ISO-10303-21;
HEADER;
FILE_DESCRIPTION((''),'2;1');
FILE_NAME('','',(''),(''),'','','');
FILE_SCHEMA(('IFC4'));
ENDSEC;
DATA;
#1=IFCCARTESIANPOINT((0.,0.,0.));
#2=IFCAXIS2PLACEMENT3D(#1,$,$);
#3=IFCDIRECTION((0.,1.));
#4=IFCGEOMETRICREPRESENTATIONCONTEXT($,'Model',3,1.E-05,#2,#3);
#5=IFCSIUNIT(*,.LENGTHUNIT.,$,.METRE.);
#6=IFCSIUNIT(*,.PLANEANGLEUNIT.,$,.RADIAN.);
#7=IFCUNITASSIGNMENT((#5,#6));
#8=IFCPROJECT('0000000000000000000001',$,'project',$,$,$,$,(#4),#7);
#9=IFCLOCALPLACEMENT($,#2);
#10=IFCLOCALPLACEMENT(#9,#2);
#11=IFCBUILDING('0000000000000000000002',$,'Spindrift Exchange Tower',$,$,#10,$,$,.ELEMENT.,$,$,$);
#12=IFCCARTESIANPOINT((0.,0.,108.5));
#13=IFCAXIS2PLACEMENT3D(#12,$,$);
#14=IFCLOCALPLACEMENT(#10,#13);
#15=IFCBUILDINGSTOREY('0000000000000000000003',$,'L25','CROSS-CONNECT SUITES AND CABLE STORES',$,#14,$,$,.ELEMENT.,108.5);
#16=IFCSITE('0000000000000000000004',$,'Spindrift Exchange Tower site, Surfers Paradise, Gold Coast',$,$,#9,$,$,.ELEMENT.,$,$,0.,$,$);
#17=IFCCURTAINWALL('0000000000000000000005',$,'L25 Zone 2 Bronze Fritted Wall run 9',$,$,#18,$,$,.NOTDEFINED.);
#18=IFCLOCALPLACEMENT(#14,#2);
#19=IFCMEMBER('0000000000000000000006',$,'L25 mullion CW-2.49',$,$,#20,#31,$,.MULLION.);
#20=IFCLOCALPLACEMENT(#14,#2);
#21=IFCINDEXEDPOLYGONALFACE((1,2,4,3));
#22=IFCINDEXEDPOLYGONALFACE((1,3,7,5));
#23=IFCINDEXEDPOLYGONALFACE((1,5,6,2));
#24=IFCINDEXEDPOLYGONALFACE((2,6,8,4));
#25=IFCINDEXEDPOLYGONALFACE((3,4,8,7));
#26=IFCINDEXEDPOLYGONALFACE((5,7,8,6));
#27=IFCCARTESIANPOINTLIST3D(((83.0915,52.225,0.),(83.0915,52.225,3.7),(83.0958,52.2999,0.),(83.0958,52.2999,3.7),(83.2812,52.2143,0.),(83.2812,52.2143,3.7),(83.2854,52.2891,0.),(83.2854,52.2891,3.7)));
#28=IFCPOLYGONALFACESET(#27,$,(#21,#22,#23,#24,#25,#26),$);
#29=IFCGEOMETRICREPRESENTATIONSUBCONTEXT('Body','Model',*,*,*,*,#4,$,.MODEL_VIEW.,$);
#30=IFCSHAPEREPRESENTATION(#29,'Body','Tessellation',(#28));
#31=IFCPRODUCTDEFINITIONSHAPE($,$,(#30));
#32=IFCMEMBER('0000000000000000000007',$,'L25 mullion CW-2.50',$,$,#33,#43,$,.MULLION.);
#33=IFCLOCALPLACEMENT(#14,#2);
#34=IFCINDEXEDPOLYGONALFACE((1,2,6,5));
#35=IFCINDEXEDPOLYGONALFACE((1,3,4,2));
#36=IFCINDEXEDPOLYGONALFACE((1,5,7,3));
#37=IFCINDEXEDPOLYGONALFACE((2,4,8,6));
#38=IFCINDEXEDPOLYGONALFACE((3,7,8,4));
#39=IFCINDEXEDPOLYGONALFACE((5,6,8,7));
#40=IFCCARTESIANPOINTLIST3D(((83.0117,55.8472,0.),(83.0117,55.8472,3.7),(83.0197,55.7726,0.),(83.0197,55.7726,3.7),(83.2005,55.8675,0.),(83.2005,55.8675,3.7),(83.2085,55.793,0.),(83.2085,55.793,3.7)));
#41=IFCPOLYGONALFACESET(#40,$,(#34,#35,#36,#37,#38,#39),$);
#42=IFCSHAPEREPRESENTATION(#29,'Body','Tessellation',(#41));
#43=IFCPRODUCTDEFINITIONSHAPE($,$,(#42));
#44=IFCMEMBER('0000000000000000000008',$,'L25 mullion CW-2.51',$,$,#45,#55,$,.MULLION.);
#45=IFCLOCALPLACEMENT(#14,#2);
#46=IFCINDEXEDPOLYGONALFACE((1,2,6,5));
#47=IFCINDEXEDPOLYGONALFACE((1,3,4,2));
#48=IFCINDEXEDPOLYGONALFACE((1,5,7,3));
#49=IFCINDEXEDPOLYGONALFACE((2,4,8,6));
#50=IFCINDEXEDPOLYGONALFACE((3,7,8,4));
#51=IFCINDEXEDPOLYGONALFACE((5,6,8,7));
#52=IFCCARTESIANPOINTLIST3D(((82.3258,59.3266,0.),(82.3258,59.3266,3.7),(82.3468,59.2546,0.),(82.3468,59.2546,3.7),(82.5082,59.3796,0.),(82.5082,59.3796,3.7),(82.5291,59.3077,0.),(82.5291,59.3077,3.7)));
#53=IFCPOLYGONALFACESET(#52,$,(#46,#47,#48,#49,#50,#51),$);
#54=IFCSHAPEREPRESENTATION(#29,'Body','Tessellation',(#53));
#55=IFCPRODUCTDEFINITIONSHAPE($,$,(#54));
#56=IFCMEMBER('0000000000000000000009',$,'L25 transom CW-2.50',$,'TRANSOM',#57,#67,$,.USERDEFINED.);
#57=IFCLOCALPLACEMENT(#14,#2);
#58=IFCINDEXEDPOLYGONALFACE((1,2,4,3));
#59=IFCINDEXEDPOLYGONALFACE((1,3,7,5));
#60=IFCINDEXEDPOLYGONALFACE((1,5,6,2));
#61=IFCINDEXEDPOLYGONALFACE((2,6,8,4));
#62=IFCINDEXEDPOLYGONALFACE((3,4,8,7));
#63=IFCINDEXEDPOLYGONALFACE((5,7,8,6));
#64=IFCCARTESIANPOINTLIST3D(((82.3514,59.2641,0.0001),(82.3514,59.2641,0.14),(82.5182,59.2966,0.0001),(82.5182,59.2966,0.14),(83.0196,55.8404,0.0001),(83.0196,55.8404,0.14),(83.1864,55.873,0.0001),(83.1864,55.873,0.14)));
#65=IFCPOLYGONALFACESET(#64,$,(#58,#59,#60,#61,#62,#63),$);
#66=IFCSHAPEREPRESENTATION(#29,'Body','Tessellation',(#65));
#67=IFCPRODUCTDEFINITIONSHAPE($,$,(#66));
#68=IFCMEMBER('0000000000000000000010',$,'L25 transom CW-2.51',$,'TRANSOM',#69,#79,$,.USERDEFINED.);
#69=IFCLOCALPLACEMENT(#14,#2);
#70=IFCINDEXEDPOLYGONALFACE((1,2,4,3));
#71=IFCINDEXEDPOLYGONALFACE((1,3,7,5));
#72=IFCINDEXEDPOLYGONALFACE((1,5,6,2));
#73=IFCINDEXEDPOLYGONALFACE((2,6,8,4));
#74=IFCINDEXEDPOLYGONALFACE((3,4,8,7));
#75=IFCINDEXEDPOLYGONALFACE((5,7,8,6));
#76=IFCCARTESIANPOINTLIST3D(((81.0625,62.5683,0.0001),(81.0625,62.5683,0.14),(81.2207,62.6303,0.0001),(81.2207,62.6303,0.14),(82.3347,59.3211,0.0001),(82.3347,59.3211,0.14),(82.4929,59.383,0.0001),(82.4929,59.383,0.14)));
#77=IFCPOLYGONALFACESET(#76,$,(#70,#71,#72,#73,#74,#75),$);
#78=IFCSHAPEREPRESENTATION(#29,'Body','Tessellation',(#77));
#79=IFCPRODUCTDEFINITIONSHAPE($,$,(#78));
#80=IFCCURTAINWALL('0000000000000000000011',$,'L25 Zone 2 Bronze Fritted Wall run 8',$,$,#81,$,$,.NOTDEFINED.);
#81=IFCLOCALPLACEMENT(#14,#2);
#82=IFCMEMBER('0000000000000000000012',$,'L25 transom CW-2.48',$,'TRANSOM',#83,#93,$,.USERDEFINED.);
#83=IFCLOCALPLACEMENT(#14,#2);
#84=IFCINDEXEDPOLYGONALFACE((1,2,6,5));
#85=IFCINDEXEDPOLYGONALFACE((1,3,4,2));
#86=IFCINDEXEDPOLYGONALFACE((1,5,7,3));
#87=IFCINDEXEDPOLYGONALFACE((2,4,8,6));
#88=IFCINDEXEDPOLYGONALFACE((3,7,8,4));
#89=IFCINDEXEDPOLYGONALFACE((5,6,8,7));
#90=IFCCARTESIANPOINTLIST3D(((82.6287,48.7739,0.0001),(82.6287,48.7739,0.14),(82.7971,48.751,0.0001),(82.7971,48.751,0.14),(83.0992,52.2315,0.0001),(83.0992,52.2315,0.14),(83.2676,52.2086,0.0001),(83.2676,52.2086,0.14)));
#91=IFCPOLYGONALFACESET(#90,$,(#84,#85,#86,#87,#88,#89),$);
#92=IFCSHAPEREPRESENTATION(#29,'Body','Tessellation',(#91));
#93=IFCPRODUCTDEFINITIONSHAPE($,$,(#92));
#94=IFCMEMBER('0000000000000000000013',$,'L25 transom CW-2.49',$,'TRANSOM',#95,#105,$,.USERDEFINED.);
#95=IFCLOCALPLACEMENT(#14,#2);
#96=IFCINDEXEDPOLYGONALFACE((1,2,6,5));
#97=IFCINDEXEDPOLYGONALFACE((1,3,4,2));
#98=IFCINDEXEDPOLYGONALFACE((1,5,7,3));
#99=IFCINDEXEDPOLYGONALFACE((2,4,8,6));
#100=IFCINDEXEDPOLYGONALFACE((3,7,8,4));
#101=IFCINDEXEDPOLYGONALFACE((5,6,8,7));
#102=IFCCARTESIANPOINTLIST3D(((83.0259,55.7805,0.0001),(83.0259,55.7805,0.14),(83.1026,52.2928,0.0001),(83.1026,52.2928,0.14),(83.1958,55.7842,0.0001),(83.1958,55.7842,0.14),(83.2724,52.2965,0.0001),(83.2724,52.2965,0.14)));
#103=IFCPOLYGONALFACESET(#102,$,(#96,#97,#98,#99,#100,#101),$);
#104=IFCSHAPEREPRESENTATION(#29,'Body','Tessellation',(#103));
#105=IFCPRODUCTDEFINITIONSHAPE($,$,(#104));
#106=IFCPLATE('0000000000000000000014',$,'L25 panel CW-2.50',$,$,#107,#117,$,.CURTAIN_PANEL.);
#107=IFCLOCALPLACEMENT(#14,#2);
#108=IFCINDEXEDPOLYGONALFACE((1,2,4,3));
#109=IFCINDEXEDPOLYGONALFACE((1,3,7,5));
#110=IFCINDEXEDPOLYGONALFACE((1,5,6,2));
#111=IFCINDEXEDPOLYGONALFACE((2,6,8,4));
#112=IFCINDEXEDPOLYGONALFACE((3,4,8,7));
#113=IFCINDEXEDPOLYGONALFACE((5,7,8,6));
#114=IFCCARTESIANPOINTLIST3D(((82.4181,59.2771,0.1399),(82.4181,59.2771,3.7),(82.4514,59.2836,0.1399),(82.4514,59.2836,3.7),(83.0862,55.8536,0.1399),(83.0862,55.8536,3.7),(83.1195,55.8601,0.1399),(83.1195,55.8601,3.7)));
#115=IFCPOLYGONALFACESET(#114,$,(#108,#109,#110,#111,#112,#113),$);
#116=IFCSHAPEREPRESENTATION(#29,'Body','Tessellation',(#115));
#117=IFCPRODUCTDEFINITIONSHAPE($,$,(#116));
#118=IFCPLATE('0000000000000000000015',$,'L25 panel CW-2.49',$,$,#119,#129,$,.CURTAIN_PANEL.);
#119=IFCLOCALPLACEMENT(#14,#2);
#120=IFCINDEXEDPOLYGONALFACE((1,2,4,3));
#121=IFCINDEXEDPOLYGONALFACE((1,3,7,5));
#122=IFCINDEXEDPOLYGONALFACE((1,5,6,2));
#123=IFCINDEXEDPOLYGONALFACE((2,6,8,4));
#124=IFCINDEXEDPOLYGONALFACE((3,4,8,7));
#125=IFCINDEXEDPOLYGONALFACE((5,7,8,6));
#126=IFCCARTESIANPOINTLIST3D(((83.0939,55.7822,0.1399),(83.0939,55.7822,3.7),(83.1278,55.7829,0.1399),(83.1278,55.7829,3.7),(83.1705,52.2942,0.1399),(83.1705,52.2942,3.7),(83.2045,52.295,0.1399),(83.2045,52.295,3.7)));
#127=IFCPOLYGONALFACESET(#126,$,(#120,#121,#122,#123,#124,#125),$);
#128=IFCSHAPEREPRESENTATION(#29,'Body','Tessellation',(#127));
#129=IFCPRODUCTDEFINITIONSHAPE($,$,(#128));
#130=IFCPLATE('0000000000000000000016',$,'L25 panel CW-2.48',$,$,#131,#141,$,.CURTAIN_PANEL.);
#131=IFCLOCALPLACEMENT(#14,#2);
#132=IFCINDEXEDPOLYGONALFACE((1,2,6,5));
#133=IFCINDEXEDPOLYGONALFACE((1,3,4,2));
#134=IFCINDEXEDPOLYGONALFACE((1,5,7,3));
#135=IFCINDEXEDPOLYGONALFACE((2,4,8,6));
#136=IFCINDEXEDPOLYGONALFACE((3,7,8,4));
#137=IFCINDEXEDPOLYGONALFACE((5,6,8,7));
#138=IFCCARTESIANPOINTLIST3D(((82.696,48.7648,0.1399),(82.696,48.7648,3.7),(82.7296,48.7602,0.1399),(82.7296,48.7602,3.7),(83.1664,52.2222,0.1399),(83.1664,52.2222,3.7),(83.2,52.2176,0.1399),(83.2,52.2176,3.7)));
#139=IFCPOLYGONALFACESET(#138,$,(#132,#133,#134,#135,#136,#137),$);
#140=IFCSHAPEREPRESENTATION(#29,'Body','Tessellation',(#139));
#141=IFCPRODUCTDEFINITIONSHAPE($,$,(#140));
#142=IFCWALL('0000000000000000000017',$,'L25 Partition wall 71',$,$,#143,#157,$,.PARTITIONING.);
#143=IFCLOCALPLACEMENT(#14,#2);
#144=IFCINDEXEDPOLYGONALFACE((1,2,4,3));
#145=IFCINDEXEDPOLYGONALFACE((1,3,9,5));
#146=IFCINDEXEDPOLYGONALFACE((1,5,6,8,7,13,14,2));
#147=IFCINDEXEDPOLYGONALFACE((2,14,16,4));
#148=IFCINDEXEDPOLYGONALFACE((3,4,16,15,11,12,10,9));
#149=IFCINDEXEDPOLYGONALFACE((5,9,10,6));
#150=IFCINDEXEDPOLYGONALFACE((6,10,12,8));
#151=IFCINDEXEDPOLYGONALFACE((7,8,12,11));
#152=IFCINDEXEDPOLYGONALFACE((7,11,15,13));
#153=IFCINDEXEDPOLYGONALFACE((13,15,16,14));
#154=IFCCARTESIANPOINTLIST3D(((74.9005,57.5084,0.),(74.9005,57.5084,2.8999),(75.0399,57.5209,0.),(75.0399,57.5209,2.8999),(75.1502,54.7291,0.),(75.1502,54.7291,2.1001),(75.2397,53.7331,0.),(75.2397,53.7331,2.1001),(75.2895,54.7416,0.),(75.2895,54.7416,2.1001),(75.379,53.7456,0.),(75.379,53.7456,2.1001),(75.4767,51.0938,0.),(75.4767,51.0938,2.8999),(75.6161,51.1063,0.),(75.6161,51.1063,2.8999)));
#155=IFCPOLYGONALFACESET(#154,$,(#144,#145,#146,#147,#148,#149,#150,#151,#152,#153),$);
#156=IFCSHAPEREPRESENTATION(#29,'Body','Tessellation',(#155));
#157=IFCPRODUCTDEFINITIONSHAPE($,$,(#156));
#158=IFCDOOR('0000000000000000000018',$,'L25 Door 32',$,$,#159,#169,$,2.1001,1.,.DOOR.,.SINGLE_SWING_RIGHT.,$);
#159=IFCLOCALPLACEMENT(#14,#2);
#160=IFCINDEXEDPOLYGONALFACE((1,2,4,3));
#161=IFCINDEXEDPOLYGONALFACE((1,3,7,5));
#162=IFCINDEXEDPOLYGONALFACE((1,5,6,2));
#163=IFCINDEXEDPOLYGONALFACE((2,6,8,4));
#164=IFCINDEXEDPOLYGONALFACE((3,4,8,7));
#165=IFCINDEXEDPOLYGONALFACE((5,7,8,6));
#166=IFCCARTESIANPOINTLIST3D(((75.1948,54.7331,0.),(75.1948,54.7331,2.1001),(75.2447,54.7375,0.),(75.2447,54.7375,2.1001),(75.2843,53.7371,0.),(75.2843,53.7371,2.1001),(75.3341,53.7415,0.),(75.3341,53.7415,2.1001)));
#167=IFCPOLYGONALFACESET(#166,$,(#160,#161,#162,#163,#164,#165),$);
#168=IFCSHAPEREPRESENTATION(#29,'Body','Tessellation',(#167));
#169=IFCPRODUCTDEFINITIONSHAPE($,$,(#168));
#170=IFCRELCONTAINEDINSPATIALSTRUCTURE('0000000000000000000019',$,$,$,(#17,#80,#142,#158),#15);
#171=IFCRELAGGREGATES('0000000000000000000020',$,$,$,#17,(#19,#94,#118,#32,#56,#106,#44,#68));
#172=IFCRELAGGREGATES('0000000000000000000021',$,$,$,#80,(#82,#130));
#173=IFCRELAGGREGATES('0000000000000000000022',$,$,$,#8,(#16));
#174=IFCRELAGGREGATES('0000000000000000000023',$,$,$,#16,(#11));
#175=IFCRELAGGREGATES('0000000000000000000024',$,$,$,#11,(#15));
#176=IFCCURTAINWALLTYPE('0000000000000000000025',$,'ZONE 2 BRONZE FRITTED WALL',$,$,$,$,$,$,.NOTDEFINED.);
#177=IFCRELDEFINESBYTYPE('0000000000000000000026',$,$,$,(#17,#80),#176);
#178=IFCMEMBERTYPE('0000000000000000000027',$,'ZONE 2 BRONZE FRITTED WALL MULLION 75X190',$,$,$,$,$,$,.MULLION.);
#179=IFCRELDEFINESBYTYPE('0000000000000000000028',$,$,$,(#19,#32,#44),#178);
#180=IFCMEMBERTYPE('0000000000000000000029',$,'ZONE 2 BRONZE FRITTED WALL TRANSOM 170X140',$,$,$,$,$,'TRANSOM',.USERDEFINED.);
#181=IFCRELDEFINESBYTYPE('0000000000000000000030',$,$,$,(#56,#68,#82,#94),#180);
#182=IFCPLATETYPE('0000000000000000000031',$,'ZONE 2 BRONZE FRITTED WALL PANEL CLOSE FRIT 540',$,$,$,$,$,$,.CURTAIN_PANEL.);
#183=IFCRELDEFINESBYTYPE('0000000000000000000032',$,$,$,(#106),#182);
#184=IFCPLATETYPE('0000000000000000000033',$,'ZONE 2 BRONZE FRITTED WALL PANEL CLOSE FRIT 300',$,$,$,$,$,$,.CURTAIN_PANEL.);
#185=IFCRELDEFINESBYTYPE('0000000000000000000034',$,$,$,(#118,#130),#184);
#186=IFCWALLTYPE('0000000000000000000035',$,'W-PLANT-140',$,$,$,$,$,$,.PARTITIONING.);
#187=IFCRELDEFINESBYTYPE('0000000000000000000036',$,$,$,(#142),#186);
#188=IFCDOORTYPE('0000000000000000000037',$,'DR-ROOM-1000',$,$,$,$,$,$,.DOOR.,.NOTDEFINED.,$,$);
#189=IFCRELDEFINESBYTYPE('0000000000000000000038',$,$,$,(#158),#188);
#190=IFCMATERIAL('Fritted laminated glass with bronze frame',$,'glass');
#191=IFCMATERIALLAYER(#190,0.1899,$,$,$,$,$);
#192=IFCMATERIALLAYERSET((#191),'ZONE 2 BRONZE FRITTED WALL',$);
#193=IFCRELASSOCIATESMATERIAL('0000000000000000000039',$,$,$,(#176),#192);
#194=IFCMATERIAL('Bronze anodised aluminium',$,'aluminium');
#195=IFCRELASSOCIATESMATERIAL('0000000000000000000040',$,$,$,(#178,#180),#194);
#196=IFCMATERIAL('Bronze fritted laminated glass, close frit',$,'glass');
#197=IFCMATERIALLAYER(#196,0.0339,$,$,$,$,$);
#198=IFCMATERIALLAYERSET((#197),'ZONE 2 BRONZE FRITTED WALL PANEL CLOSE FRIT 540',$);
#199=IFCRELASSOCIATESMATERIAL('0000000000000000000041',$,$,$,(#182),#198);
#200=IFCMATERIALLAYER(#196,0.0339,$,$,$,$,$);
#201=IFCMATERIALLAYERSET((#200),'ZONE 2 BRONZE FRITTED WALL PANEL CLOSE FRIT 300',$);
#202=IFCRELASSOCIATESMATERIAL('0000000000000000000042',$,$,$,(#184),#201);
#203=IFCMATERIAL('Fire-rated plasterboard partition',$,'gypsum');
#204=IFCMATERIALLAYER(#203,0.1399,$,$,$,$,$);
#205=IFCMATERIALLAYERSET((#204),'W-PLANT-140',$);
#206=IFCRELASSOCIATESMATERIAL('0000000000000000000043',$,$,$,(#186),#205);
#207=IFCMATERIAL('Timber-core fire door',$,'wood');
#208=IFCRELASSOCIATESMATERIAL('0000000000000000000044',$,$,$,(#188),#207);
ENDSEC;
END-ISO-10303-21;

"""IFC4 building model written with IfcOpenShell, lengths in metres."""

from ifc_helpers import new_model, si_unit, direction, frame, frame_2d, origin, origin_2d, place, context, subcontext, project, spatial, rectangle, extrude, source, transform, mapped, material, layer, layer_set, material_profile, profile_set, type_object, element, fill, aggregate, save


model = new_model("IFC4")

# Units and contexts
model_context = context("Model", 3, precision=1e-05, world=origin(), true_north=direction((0.0, 1.0)))
body_context = subcontext(model_context, "Body", "Model", "MODEL_VIEW")
ifc_project = project(units=[si_unit("LENGTHUNIT", "METRE"), si_unit("PLANEANGLEUNIT", "RADIAN")], contexts=[model_context])

# Site, building, storey
site_placement = place(None, origin())
site = spatial("IfcSite", under=ifc_project, at=site_placement, Name="Spindrift Exchange Tower site, Surfers Paradise, Gold Coast", CompositionType="ELEMENT", RefElevation=0.0)
building_placement = place(site_placement, origin())
building = spatial("IfcBuilding", under=site, at=building_placement, Name="Spindrift Exchange Tower", CompositionType="ELEMENT")
storey_placement = place(building_placement, frame((0.0, 0.0, 108.5)))
storey = spatial("IfcBuildingStorey", under=building, at=storey_placement, Name="L25", Description="CROSS-CONNECT SUITES AND CABLE STORES", CompositionType="ELEMENT", Elevation=108.5)

# Curtain wall, members
ifc_material_1 = material(Name="Fritted laminated glass with bronze frame", Category="glass")
ifc_layer_1 = layer(ifc_material_1, 0.1899)
ifc_layer_set_1 = layer_set([ifc_layer_1], Name="ZONE 2 BRONZE FRITTED WALL")
curtain_wall_type = type_object("IfcCurtainWallType", Name="ZONE 2 BRONZE FRITTED WALL", PredefinedType="NOTDEFINED", material=ifc_layer_set_1)
curtain_wall_1_placement = place(storey_placement, origin())
curtain_wall_1 = element("IfcCurtainWall", 1, at=curtain_wall_1_placement, inside=storey, type_object=curtain_wall_type, Name="L25 Zone 2 Bronze Fritted Wall run 9", PredefinedType="NOTDEFINED")
ifc_material_2 = material(Name="Bronze anodised aluminium", Category="aluminium")
ifc_material_profile_1 = material_profile(ifc_material_2, rectangle(XDim=0.075, YDim=0.1899, at=origin_2d()), Name="ZONE 2 BRONZE FRITTED WALL MULLION 75X190")
ifc_profile_set_1 = profile_set([ifc_material_profile_1], Name="Bronze anodised aluminium")
member_type_1 = type_object("IfcMemberType", Name="ZONE 2 BRONZE FRITTED WALL MULLION 75X190", PredefinedType="MULLION", material=ifc_profile_set_1)
shared_shape_1 = source(origin(), body_context, "Body", "SweptSolid", [
    extrude(rectangle(XDim=0.075, YDim=0.1899, at=origin_2d()), origin(), (0.0, 0.0, 1.0), 3.7),
])
member_1_placement = place(storey_placement, frame((83.1885, 52.2571, 0.0), z_axis=(0.0, 0.0, 1.0), x_axis=(0.056593, 0.998397, 0.0)))
member_1 = element("IfcMember", 2, at=member_1_placement, type_object=member_type_1, Name="L25 mullion CW-2.49", PredefinedType="MULLION", context=body_context, shape_type="MappedRepresentation", body=[
    mapped(shared_shape_1, transform((0.0, 0.0, 0.0), scale=1.0)),
])
member_2_placement = place(storey_placement, frame((83.1101, 55.8201, 0.0), z_axis=(0.0, 0.0, 1.0), x_axis=(-0.10715, 0.994243, 0.0)))
member_2 = element("IfcMember", 3, at=member_2_placement, type_object=member_type_1, Name="L25 mullion CW-2.50", PredefinedType="MULLION", context=body_context, shape_type="MappedRepresentation", body=[
    mapped(shared_shape_1, transform((0.0, 0.0, 0.0), scale=1.0)),
])
member_3_placement = place(storey_placement, frame((82.4275, 59.3171, 0.0), z_axis=(0.0, 0.0, 1.0), x_axis=(-0.279315, 0.960199, 0.0)))
member_3 = element("IfcMember", 4, at=member_3_placement, type_object=member_type_1, Name="L25 mullion CW-2.51", PredefinedType="MULLION", context=body_context, shape_type="MappedRepresentation", body=[
    mapped(shared_shape_1, transform((0.0, 0.0, 0.0), scale=1.0)),
])
ifc_material_profile_2 = material_profile(ifc_material_2, rectangle(XDim=0.1699, YDim=0.1399, at=origin_2d()), Name="ZONE 2 BRONZE FRITTED WALL TRANSOM 170X140")
ifc_profile_set_2 = profile_set([ifc_material_profile_2], Name="Bronze anodised aluminium")
member_type_2 = type_object("IfcMemberType", Name="ZONE 2 BRONZE FRITTED WALL TRANSOM 170X140", ElementType="TRANSOM", PredefinedType="USERDEFINED", material=ifc_profile_set_2)
shared_shape_2 = source(origin(), body_context, "Body", "SweptSolid", [
    extrude(rectangle(XDim=0.1699, YDim=0.1399, at=origin_2d()), origin(), (0.0, 0.0, 1.0), 3.4883),
])
member_4_placement = place(storey_placement, frame((83.103, 55.8567, 0.0701), z_axis=(-0.191565, 0.98148, 0.0), x_axis=(-0.98148, -0.191565, 0.0)))
member_4 = element("IfcMember", 5, at=member_4_placement, type_object=member_type_2, Name="L25 transom CW-2.50", ObjectType="TRANSOM", PredefinedType="USERDEFINED", context=body_context, shape_type="MappedRepresentation", body=[
    mapped(shared_shape_2, transform((0.0, 0.0, 0.0), scale=1.0)),
])
shared_shape_3 = source(origin(), body_context, "Body", "SweptSolid", [
    extrude(rectangle(XDim=0.1699, YDim=0.1399, at=origin_2d()), origin(), (0.0, 0.0, 1.0), 3.4875),
])
member_5_placement = place(storey_placement, frame((82.4138, 59.3521, 0.0701), z_axis=(-0.364779, 0.931094, 0.0), x_axis=(-0.931094, -0.364779, 0.0)))
member_5 = element("IfcMember", 6, at=member_5_placement, type_object=member_type_2, Name="L25 transom CW-2.51", ObjectType="TRANSOM", PredefinedType="USERDEFINED", context=body_context, shape_type="MappedRepresentation", body=[
    mapped(shared_shape_3, transform((0.0, 0.0, 0.0), scale=1.0)),
])

# Curtain wall, member
curtain_wall_2_placement = place(storey_placement, origin())
curtain_wall_2 = element("IfcCurtainWall", 7, at=curtain_wall_2_placement, inside=storey, type_object=curtain_wall_type, Name="L25 Zone 2 Bronze Fritted Wall run 8", PredefinedType="NOTDEFINED")
shared_shape_4 = source(origin(), body_context, "Body", "SweptSolid", [
    extrude(rectangle(XDim=0.1699, YDim=0.1399, at=origin_2d()), origin(), (0.0, 0.0, 1.0), 3.4895),
])
member_6_placement = place(storey_placement, frame((82.7129, 48.7625, 0.0701), z_axis=(0.134826, 0.990869, 0.0), x_axis=(-0.990869, 0.134826, 0.0)))
member_6 = element("IfcMember", 8, at=member_6_placement, type_object=member_type_2, Name="L25 transom CW-2.48", ObjectType="TRANSOM", PredefinedType="USERDEFINED", context=body_context, shape_type="MappedRepresentation", body=[
    mapped(shared_shape_4, transform((0.0, 0.0, 0.0), scale=1.0)),
])

# Member
shared_shape_5 = source(origin(), body_context, "Body", "SweptSolid", [
    extrude(rectangle(XDim=0.1699, YDim=0.1399, at=origin_2d()), origin(), (0.0, 0.0, 1.0), 3.4885),
])
member_7_placement = place(storey_placement, frame((83.1875, 52.2947, 0.0701), z_axis=(-0.021974, 0.999759, 0.0), x_axis=(-0.999759, -0.021974, 0.0)))
member_7 = element("IfcMember", 9, at=member_7_placement, type_object=member_type_2, Name="L25 transom CW-2.49", ObjectType="TRANSOM", PredefinedType="USERDEFINED", context=body_context, shape_type="MappedRepresentation", body=[
    mapped(shared_shape_5, transform((0.0, 0.0, 0.0), scale=1.0)),
])

# Plates
ifc_material_3 = material(Name="Bronze fritted laminated glass, close frit", Category="glass")
ifc_layer_2 = layer(ifc_material_3, 0.0339)
ifc_layer_set_2 = layer_set([ifc_layer_2], Name="ZONE 2 BRONZE FRITTED WALL PANEL CLOSE FRIT 540")
plate_type_1 = type_object("IfcPlateType", Name="ZONE 2 BRONZE FRITTED WALL PANEL CLOSE FRIT 540", PredefinedType="CURTAIN_PANEL", material=ifc_layer_set_2)
shared_shape_6 = source(origin(), body_context, "Body", "SweptSolid", [
    extrude(rectangle(XDim=3.488, YDim=0.0339, at=origin_2d()), origin(), (0.0, 0.0, 1.0), 3.5601),
])
plate_1_placement = place(storey_placement, frame((82.7688, 57.5686, 0.1399), z_axis=(0.0, 0.0, 1.0), x_axis=(-0.191547, 0.981483, 0.0)))
plate_1 = element("IfcPlate", 10, at=plate_1_placement, type_object=plate_type_1, Name="L25 panel CW-2.50", PredefinedType="CURTAIN_PANEL", context=body_context, shape_type="MappedRepresentation", body=[
    mapped(shared_shape_6, transform((0.0, 0.0, 0.0), scale=1.0)),
])
ifc_layer_3 = layer(ifc_material_3, 0.0339)
ifc_layer_set_3 = layer_set([ifc_layer_3], Name="ZONE 2 BRONZE FRITTED WALL PANEL CLOSE FRIT 300")
plate_type_2 = type_object("IfcPlateType", Name="ZONE 2 BRONZE FRITTED WALL PANEL CLOSE FRIT 300", PredefinedType="CURTAIN_PANEL", material=ifc_layer_set_3)
shared_shape_7 = source(origin(), body_context, "Body", "SweptSolid", [
    extrude(rectangle(XDim=3.4888, YDim=0.0339, at=origin_2d()), origin(), (0.0, 0.0, 1.0), 3.5601),
])
plate_2_placement = place(storey_placement, frame((83.1492, 54.0386, 0.1399), z_axis=(0.0, 0.0, 1.0), x_axis=(-0.021972, 0.999759, 0.0)))
plate_2 = element("IfcPlate", 11, at=plate_2_placement, type_object=plate_type_2, Name="L25 panel CW-2.49", PredefinedType="CURTAIN_PANEL", context=body_context, shape_type="MappedRepresentation", body=[
    mapped(shared_shape_7, transform((0.0, 0.0, 0.0), scale=1.0)),
])
aggregate(curtain_wall_1, [member_1, member_7, plate_2, member_2, member_4, plate_1, member_3, member_5])
shared_shape_8 = source(origin(), body_context, "Body", "SweptSolid", [
    extrude(rectangle(XDim=3.4893, YDim=0.0339, at=origin_2d()), origin(), (0.0, 0.0, 1.0), 3.5601),
])
plate_3_placement = place(storey_placement, frame((82.948, 50.4912, 0.1399), z_axis=(0.0, 0.0, 1.0), x_axis=(0.134808, 0.990872, 0.0)))
plate_3 = element("IfcPlate", 12, at=plate_3_placement, type_object=plate_type_2, Name="L25 panel CW-2.48", PredefinedType="CURTAIN_PANEL", context=body_context, shape_type="MappedRepresentation", body=[
    mapped(shared_shape_8, transform((0.0, 0.0, 0.0), scale=1.0)),
])
aggregate(curtain_wall_2, [member_6, plate_3])

# Wall, opening, door
ifc_material_4 = material(Name="Fire-rated plasterboard partition", Category="gypsum")
ifc_layer_4 = layer(ifc_material_4, 0.1399)
ifc_layer_set_4 = layer_set([ifc_layer_4], Name="W-PLANT-140")
wall_type = type_object("IfcWallType", Name="W-PLANT-140", PredefinedType="PARTITIONING", material=ifc_layer_set_4)
wall_1_placement = place(storey_placement, frame((74.9702, 57.5146, 0.0), z_axis=(0.0, 0.0, 1.0), x_axis=(0.089462, -0.99599, 0.0)))
wall_1 = element("IfcWall", 13, at=wall_1_placement, inside=storey, type_object=wall_type, Name="L25 Partition wall 71", PredefinedType="PARTITIONING", context=body_context, shape_type="SweptSolid", body=[
    extrude(rectangle(XDim=6.4404, YDim=0.1399, at=frame_2d((3.2202, 0.0))), origin(), (0.0, 0.0, 1.0), 2.8999),
])
opening_1_placement = place(wall_1_placement, frame((2.7905, 0.0, 0.0)))
opening_1 = element("IfcOpeningElement", 14, at=opening_1_placement, cuts=wall_1, PredefinedType="OPENING", context=body_context, shape_type="SweptSolid", body=[
    extrude(rectangle(XDim=1.0, YDim=2.1001, at=frame_2d((0.5, 1.05))), frame((0.0, 0.0798, 0.0), z_axis=(0.0, -1.0, 0.0), x_axis=(1.0, 0.0, 0.0)), (0.0, 0.0, 1.0), 0.1599),
])
ifc_material_5 = material(Name="Timber-core fire door", Category="wood")
door_type = type_object("IfcDoorType", Name="DR-ROOM-1000", OperationType="NOTDEFINED", PredefinedType="DOOR", material=ifc_material_5)
shared_shape_9 = source(origin(), body_context, "Body", "SweptSolid", [
    extrude(rectangle(XDim=1.0, YDim=2.1001, at=frame_2d((0.5, 1.05))), frame((0.0, 0.0249, 0.0), z_axis=(0.0, -1.0, 0.0), x_axis=(1.0, 0.0, 0.0)), (0.0, 0.0, 1.0), 0.05),
])
door_1_placement = place(opening_1_placement, origin())
door_1 = element("IfcDoor", 15, at=door_1_placement, inside=storey, type_object=door_type, Name="L25 Door 32", OperationType="SINGLE_SWING_RIGHT", OverallHeight=2.1001, OverallWidth=1.0, PredefinedType="DOOR", context=body_context, shape_type="MappedRepresentation", body=[
    mapped(shared_shape_9, transform((0.0, 0.0, 0.0), scale=1.0)),
])
fill(opening_1, door_1)

save(model, "model.ifc")
